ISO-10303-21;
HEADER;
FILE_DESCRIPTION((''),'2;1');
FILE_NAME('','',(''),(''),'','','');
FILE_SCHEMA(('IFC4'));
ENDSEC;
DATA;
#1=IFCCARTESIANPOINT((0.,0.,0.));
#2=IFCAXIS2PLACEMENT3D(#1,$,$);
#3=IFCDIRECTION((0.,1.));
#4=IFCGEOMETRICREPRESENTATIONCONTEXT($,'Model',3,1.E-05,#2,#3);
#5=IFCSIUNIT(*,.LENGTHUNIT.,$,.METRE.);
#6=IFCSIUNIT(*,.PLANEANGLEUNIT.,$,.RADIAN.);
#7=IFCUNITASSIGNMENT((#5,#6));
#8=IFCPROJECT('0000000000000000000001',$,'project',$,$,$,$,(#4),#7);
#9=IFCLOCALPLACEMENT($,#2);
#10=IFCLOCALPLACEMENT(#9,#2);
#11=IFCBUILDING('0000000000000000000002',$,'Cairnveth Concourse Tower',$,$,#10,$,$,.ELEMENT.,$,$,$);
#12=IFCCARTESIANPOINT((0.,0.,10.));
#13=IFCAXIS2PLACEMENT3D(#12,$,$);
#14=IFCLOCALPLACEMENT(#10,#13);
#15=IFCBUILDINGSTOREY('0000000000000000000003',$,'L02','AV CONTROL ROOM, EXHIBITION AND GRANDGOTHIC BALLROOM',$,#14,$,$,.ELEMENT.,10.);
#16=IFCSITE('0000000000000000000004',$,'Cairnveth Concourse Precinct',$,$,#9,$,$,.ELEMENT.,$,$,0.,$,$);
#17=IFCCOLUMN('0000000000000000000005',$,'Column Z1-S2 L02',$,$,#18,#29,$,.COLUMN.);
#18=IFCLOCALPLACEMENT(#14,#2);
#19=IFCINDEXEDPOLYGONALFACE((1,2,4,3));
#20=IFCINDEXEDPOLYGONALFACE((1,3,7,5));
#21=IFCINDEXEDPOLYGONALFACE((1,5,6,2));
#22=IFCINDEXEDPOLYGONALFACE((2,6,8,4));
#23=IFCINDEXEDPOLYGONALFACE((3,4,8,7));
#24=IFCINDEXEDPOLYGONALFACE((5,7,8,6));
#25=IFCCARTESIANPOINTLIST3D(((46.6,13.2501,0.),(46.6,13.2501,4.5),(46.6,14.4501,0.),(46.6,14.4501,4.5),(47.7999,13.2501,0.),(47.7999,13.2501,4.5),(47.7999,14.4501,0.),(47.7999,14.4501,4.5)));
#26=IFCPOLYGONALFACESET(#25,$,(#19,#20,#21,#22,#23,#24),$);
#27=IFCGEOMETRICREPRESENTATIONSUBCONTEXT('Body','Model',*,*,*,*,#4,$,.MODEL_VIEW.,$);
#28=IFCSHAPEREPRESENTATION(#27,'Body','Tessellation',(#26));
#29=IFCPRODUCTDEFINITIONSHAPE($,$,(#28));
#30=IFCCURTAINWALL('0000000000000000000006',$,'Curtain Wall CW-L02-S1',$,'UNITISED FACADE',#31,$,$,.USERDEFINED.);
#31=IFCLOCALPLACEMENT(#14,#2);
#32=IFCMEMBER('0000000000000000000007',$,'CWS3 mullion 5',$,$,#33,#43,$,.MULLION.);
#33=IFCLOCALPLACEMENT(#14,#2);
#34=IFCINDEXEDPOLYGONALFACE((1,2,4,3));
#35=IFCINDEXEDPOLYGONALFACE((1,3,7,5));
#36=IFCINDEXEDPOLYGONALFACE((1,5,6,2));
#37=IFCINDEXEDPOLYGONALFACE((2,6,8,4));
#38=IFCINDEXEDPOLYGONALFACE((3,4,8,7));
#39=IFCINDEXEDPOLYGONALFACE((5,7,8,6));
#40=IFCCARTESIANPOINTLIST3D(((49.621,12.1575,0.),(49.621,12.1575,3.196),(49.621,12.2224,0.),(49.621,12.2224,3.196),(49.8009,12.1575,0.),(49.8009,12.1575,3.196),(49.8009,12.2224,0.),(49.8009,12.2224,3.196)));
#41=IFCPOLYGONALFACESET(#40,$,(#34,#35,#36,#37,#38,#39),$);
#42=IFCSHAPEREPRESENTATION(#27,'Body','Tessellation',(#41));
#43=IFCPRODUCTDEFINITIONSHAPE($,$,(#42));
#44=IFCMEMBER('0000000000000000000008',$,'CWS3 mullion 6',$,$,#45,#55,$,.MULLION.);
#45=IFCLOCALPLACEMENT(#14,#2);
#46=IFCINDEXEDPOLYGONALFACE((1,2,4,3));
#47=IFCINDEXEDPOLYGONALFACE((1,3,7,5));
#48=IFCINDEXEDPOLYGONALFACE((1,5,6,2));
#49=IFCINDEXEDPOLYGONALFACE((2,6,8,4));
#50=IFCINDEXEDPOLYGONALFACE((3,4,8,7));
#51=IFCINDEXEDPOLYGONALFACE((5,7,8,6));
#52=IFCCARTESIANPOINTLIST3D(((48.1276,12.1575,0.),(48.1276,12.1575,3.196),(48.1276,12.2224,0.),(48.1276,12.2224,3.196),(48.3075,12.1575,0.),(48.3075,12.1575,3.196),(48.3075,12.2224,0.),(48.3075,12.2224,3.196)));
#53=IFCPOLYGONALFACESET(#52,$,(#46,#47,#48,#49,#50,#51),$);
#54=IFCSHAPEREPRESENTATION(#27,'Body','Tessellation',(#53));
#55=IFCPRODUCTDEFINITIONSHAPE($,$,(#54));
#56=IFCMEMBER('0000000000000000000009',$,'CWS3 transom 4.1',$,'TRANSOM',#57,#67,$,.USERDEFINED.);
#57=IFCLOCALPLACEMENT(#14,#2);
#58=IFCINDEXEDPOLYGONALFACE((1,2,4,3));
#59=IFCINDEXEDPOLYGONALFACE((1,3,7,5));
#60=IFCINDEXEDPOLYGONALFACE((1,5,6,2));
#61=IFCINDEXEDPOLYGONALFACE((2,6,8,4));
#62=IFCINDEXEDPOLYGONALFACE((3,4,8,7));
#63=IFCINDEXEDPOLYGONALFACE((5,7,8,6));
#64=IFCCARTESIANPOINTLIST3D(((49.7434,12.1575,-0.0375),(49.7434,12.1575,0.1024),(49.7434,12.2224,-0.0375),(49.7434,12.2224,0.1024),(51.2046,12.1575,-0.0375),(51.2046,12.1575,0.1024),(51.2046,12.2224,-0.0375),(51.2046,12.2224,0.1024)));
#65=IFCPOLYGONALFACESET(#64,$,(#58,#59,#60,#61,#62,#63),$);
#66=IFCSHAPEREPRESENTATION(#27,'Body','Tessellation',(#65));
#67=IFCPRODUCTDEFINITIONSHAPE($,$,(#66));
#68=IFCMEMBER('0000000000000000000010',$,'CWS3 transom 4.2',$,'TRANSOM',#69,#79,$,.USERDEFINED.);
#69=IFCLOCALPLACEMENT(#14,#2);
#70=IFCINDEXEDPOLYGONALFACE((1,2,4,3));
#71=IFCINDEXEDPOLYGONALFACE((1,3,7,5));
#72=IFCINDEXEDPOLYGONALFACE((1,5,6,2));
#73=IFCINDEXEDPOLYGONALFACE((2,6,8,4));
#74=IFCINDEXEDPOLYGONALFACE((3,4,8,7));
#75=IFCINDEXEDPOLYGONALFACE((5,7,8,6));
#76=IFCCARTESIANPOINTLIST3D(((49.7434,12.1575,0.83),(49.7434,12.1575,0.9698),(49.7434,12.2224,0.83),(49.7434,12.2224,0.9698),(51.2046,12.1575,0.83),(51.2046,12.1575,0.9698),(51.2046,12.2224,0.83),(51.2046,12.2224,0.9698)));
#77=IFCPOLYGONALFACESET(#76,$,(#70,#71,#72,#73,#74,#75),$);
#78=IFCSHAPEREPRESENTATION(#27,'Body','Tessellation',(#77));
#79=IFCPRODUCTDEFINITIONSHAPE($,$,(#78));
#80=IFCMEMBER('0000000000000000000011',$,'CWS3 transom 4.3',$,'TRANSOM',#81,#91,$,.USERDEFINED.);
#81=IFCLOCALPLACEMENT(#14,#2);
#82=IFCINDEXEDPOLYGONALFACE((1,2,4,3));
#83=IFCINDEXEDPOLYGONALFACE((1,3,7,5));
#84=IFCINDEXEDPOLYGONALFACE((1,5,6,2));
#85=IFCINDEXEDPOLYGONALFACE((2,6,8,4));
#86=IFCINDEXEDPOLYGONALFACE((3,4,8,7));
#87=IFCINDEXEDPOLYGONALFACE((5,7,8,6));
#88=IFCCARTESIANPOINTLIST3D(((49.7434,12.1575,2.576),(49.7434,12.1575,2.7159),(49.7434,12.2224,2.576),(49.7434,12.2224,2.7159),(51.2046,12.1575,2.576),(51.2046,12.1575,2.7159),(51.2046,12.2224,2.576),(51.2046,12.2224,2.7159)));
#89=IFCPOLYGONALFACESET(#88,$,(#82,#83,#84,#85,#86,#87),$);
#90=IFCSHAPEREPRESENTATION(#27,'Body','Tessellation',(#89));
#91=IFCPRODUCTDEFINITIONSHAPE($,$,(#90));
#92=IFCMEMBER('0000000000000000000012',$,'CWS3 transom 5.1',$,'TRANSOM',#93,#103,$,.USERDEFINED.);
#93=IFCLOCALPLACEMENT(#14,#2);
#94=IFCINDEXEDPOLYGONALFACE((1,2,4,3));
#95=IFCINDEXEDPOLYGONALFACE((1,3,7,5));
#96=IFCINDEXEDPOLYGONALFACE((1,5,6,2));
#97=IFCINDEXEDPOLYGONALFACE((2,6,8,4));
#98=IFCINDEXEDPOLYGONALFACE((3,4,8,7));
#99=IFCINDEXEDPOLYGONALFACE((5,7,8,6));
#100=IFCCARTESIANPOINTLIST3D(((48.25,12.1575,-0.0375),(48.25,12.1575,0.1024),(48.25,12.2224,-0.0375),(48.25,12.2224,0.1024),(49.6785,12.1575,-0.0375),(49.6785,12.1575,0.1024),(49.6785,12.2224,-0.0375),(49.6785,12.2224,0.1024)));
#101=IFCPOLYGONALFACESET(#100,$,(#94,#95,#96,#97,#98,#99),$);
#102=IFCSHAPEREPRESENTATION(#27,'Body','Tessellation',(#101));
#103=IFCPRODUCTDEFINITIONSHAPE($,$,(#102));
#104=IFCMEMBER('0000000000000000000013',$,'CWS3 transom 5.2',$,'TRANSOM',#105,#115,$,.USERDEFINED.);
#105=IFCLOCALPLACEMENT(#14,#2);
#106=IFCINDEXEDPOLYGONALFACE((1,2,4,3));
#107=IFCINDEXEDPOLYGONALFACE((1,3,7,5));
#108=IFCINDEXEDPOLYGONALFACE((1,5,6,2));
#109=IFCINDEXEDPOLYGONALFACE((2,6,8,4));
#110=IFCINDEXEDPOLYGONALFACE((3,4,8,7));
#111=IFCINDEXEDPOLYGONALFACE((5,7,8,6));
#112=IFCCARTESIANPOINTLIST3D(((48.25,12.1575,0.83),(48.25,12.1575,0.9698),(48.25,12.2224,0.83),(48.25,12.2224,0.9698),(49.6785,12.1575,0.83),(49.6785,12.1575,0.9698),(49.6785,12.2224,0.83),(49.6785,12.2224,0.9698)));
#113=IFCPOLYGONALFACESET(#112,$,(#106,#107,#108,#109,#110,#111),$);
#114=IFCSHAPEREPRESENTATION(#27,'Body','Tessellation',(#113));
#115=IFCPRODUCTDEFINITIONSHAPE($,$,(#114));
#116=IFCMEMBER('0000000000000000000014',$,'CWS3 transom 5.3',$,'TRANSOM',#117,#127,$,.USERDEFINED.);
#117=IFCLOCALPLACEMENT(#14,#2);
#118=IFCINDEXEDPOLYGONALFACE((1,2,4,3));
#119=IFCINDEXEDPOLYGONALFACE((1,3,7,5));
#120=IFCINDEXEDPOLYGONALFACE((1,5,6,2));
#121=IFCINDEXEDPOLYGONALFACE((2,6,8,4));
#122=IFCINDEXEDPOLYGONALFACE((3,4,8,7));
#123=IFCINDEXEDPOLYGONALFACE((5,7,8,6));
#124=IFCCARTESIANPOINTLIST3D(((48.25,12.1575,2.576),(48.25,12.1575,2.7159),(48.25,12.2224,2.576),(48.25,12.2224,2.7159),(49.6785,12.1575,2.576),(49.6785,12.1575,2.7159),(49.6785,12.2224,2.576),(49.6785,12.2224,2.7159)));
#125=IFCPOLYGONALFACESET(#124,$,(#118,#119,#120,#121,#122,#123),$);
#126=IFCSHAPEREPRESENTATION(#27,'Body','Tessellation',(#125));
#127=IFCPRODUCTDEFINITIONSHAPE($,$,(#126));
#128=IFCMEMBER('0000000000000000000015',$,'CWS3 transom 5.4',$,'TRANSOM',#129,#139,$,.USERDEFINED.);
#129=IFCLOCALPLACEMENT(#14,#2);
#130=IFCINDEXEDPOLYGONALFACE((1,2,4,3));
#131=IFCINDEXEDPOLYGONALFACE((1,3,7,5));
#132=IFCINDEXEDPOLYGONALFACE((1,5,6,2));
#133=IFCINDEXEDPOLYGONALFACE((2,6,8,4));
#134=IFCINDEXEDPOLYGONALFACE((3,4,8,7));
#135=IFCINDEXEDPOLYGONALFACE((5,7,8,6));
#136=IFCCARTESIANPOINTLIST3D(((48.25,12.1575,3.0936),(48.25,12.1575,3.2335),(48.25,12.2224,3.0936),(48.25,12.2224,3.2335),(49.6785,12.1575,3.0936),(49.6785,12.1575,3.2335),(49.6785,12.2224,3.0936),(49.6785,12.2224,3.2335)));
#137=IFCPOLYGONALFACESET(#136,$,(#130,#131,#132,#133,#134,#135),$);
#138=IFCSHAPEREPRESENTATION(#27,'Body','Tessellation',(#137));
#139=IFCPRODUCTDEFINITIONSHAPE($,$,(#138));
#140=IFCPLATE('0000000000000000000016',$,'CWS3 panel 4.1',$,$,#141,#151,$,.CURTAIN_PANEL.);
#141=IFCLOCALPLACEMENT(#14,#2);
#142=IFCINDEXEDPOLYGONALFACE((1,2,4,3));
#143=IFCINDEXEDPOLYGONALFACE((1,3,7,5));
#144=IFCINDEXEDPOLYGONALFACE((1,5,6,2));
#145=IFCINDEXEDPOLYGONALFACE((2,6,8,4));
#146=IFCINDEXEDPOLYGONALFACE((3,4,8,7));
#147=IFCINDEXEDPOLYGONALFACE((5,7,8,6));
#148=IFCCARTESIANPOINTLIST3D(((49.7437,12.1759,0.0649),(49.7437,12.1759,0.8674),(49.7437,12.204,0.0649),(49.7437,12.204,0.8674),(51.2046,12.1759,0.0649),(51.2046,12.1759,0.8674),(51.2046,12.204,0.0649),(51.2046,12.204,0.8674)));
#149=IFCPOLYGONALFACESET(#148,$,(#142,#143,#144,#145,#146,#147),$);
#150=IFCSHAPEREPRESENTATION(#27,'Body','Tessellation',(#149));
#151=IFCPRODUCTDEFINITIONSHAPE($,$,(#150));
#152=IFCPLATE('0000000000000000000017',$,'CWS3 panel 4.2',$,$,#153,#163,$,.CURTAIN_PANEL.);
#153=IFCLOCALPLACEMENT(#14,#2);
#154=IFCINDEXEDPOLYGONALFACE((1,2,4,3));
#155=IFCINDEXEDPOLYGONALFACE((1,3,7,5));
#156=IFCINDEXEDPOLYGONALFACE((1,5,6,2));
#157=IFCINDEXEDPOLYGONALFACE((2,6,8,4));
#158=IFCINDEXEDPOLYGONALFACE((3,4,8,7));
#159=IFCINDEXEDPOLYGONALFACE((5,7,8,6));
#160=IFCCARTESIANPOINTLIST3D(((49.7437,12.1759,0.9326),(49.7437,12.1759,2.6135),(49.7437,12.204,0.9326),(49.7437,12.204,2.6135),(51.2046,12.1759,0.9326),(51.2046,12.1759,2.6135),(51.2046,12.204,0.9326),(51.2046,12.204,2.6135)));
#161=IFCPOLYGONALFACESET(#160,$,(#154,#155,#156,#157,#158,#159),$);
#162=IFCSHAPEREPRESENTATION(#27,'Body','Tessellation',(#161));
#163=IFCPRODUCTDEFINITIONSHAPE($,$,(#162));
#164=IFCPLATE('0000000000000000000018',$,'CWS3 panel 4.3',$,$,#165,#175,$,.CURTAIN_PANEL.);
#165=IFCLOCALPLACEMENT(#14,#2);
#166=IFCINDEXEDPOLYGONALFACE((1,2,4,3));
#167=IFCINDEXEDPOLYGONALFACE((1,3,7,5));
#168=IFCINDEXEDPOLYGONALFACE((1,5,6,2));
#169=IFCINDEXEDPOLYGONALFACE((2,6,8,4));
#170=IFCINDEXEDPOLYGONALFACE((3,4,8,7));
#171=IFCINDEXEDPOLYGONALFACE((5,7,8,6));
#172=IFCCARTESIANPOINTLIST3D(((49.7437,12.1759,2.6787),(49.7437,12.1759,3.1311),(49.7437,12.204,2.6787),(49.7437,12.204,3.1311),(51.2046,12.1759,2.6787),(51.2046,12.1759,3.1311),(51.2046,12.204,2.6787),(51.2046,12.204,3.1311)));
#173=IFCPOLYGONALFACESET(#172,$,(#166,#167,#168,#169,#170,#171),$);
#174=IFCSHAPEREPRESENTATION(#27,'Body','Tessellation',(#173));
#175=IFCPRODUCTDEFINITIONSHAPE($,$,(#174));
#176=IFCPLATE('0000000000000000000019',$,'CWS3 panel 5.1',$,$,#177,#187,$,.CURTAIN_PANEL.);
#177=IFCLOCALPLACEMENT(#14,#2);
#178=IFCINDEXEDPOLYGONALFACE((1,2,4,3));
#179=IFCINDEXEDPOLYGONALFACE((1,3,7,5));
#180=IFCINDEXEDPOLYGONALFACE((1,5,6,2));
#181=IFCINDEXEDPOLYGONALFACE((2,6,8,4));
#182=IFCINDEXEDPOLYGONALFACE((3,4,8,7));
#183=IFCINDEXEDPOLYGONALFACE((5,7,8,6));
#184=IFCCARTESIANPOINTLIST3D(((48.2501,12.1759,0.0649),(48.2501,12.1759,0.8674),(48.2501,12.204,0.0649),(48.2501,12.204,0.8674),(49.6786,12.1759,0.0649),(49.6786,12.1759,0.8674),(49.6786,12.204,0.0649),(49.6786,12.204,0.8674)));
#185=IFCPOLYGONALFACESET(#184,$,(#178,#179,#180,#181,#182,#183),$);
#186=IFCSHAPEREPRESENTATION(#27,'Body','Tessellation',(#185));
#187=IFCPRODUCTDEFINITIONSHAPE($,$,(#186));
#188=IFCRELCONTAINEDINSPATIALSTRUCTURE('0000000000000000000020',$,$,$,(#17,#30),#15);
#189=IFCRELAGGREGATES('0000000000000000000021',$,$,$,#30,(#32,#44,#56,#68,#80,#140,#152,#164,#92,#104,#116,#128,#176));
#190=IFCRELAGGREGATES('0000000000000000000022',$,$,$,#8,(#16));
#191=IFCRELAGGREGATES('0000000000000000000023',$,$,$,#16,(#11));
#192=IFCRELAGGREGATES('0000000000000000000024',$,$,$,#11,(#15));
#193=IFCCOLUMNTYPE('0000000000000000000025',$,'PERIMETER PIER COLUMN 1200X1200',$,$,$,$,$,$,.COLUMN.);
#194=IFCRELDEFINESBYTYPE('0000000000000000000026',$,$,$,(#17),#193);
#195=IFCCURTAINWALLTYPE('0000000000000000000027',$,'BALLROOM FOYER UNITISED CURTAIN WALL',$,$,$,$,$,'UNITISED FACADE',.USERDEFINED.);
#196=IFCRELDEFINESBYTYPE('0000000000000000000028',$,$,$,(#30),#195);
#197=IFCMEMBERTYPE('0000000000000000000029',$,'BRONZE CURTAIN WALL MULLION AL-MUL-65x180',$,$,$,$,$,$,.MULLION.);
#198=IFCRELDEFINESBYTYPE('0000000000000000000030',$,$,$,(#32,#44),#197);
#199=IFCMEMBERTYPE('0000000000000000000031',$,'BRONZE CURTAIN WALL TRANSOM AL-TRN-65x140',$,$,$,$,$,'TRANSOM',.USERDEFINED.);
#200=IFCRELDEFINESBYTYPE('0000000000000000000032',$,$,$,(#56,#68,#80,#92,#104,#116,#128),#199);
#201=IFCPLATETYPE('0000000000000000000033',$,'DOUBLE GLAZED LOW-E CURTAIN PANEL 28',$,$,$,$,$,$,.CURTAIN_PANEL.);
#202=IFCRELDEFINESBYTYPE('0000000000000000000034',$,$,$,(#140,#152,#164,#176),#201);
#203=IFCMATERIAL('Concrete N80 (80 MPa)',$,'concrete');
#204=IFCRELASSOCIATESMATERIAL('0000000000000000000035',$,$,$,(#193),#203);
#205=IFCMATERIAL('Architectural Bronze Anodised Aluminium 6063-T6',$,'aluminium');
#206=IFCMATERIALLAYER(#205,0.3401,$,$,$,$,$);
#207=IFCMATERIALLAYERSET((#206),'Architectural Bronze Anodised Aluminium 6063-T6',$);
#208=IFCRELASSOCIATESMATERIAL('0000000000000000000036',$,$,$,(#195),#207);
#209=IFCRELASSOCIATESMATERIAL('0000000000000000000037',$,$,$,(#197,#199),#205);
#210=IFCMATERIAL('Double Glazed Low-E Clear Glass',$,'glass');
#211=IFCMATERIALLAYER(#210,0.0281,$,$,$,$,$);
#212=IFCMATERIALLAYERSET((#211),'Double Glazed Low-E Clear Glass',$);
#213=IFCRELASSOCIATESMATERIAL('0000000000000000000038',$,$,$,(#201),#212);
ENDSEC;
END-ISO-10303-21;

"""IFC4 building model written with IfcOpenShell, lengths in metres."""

from ifc_helpers import new_model, si_unit, direction, frame, origin, origin_2d, place, context, subcontext, project, spatial, rectangle, extrude, material, layer, layer_set, material_profile, profile_set, type_object, element, aggregate, save


model = new_model("IFC4")

# Units and contexts
model_context = context("Model", 3, precision=1e-05, world=origin(), true_north=direction((0.0, 1.0)))
body_context = subcontext(model_context, "Body", "Model", "MODEL_VIEW")
ifc_project = project(units=[si_unit("LENGTHUNIT", "METRE"), si_unit("PLANEANGLEUNIT", "RADIAN")], contexts=[model_context])

# Site, building, storey
site_placement = place(None, origin())
site = spatial("IfcSite", under=ifc_project, at=site_placement, Name="Cairnveth Concourse Precinct", CompositionType="ELEMENT", RefElevation=0.0)
building_placement = place(site_placement, origin())
building = spatial("IfcBuilding", under=site, at=building_placement, Name="Cairnveth Concourse Tower", CompositionType="ELEMENT")
storey_placement = place(building_placement, frame((0.0, 0.0, 10.0)))
storey = spatial("IfcBuildingStorey", under=building, at=storey_placement, Name="L02", Description="AV CONTROL ROOM, EXHIBITION AND GRANDGOTHIC BALLROOM", CompositionType="ELEMENT", Elevation=10.0)

# Column
ifc_material_1 = material(Name="Concrete N80 (80 MPa)", Category="concrete")
ifc_material_profile_1 = material_profile(ifc_material_1, rectangle(XDim=1.2, YDim=1.2, at=origin_2d()), Name="RC-COL-1200x1200")
ifc_profile_set_1 = profile_set([ifc_material_profile_1], Name="Concrete N80 (80 MPa)")
column_type = type_object("IfcColumnType", Name="PERIMETER PIER COLUMN 1200X1200", PredefinedType="COLUMN", material=ifc_profile_set_1)
column_placement = place(storey_placement, frame((47.2, 13.8501, 0.0), z_axis=(0.0, 0.0, 1.0), x_axis=(1.0, 0.0, 0.0)))
element("IfcColumn", 1, at=column_placement, inside=storey, type_object=column_type, Name="Column Z1-S2 L02", PredefinedType="COLUMN", context=body_context, shape_type="SweptSolid", body=[
    extrude(rectangle(XDim=1.2, YDim=1.2, at=origin_2d()), origin(), (0.0, 0.0, 1.0), 4.5),
])

# Curtain wall, members, plates
ifc_material_2 = material(Name="Architectural Bronze Anodised Aluminium 6063-T6", Category="aluminium")
ifc_layer_1 = layer(ifc_material_2, 0.3401)
ifc_layer_set_1 = layer_set([ifc_layer_1], Name="Architectural Bronze Anodised Aluminium 6063-T6")
curtain_wall_type = type_object("IfcCurtainWallType", Name="BALLROOM FOYER UNITISED CURTAIN WALL", ElementType="UNITISED FACADE", PredefinedType="USERDEFINED", material=ifc_layer_set_1)
curtain_wall_placement = place(storey_placement, origin())
curtain_wall = element("IfcCurtainWall", 2, at=curtain_wall_placement, inside=storey, type_object=curtain_wall_type, Name="Curtain Wall CW-L02-S1", ObjectType="UNITISED FACADE", PredefinedType="USERDEFINED")
ifc_material_profile_2 = material_profile(ifc_material_2, rectangle(XDim=0.0649, YDim=0.1799, at=origin_2d()), Name="AL-MUL-65x180")
ifc_profile_set_2 = profile_set([ifc_material_profile_2], Name="Architectural Bronze Anodised Aluminium 6063-T6")
member_type_1 = type_object("IfcMemberType", Name="BRONZE CURTAIN WALL MULLION AL-MUL-65x180", PredefinedType="MULLION", material=ifc_profile_set_2)
member_1_placement = place(storey_placement, frame((49.7109, 12.1899, 0.0), z_axis=(0.0, 0.0, 1.0), x_axis=(0.0, -1.0, 0.0)))
member_1 = element("IfcMember", 3, at=member_1_placement, type_object=member_type_1, Name="CWS3 mullion 5", PredefinedType="MULLION", context=body_context, shape_type="SweptSolid", body=[
    extrude(rectangle(XDim=0.0649, YDim=0.1799, at=origin_2d()), origin(), (0.0, 0.0, 1.0), 3.196),
])
member_2_placement = place(storey_placement, frame((48.2175, 12.1899, 0.0), z_axis=(0.0, 0.0, 1.0), x_axis=(0.0, -1.0, 0.0)))
member_2 = element("IfcMember", 4, at=member_2_placement, type_object=member_type_1, Name="CWS3 mullion 6", PredefinedType="MULLION", context=body_context, shape_type="SweptSolid", body=[
    extrude(rectangle(XDim=0.0649, YDim=0.1799, at=origin_2d()), origin(), (0.0, 0.0, 1.0), 3.196),
])
ifc_material_profile_3 = material_profile(ifc_material_2, rectangle(XDim=0.0649, YDim=0.1399, at=origin_2d()), Name="AL-TRN-65x140")
ifc_profile_set_3 = profile_set([ifc_material_profile_3], Name="Architectural Bronze Anodised Aluminium 6063-T6")
member_type_2 = type_object("IfcMemberType", Name="BRONZE CURTAIN WALL TRANSOM AL-TRN-65x140", ElementType="TRANSOM", PredefinedType="USERDEFINED", material=ifc_profile_set_3)
member_3_placement = place(storey_placement, frame((51.2046, 12.1899, 0.0325), z_axis=(-1.0, 0.0, 0.0), x_axis=(0.0, -1.0, 0.0)))
member_3 = element("IfcMember", 5, at=member_3_placement, type_object=member_type_2, Name="CWS3 transom 4.1", ObjectType="TRANSOM", PredefinedType="USERDEFINED", context=body_context, shape_type="SweptSolid", body=[
    extrude(rectangle(XDim=0.0649, YDim=0.1399, at=origin_2d()), origin(), (0.0, 0.0, 1.0), 1.4612),
])
member_4_placement = place(storey_placement, frame((51.2046, 12.1899, 0.8999), z_axis=(-1.0, 0.0, 0.0), x_axis=(0.0, -1.0, 0.0)))
member_4 = element("IfcMember", 6, at=member_4_placement, type_object=member_type_2, Name="CWS3 transom 4.2", ObjectType="TRANSOM", PredefinedType="USERDEFINED", context=body_context, shape_type="SweptSolid", body=[
    extrude(rectangle(XDim=0.0649, YDim=0.1399, at=origin_2d()), origin(), (0.0, 0.0, 1.0), 1.4612),
])
member_5_placement = place(storey_placement, frame((51.2046, 12.1899, 2.646), z_axis=(-1.0, 0.0, 0.0), x_axis=(0.0, -1.0, 0.0)))
member_5 = element("IfcMember", 7, at=member_5_placement, type_object=member_type_2, Name="CWS3 transom 4.3", ObjectType="TRANSOM", PredefinedType="USERDEFINED", context=body_context, shape_type="SweptSolid", body=[
    extrude(rectangle(XDim=0.0649, YDim=0.1399, at=origin_2d()), origin(), (0.0, 0.0, 1.0), 1.4612),
])
member_6_placement = place(storey_placement, frame((49.6785, 12.1899, 0.0325), z_axis=(-1.0, 0.0, 0.0), x_axis=(0.0, -1.0, 0.0)))
member_6 = element("IfcMember", 8, at=member_6_placement, type_object=member_type_2, Name="CWS3 transom 5.1", ObjectType="TRANSOM", PredefinedType="USERDEFINED", context=body_context, shape_type="SweptSolid", body=[
    extrude(rectangle(XDim=0.0649, YDim=0.1399, at=origin_2d()), origin(), (0.0, 0.0, 1.0), 1.4285),
])
member_7_placement = place(storey_placement, frame((49.6785, 12.1899, 0.8999), z_axis=(-1.0, 0.0, 0.0), x_axis=(0.0, -1.0, 0.0)))
member_7 = element("IfcMember", 9, at=member_7_placement, type_object=member_type_2, Name="CWS3 transom 5.2", ObjectType="TRANSOM", PredefinedType="USERDEFINED", context=body_context, shape_type="SweptSolid", body=[
    extrude(rectangle(XDim=0.0649, YDim=0.1399, at=origin_2d()), origin(), (0.0, 0.0, 1.0), 1.4285),
])
member_8_placement = place(storey_placement, frame((49.6785, 12.1899, 2.646), z_axis=(-1.0, 0.0, 0.0), x_axis=(0.0, -1.0, 0.0)))
member_8 = element("IfcMember", 10, at=member_8_placement, type_object=member_type_2, Name="CWS3 transom 5.3", ObjectType="TRANSOM", PredefinedType="USERDEFINED", context=body_context, shape_type="SweptSolid", body=[
    extrude(rectangle(XDim=0.0649, YDim=0.1399, at=origin_2d()), origin(), (0.0, 0.0, 1.0), 1.4285),
])
member_9_placement = place(storey_placement, frame((49.6785, 12.1899, 3.1636), z_axis=(-1.0, 0.0, 0.0), x_axis=(0.0, -1.0, 0.0)))
member_9 = element("IfcMember", 11, at=member_9_placement, type_object=member_type_2, Name="CWS3 transom 5.4", ObjectType="TRANSOM", PredefinedType="USERDEFINED", context=body_context, shape_type="SweptSolid", body=[
    extrude(rectangle(XDim=0.0649, YDim=0.1399, at=origin_2d()), origin(), (0.0, 0.0, 1.0), 1.4285),
])
ifc_material_3 = material(Name="Double Glazed Low-E Clear Glass", Category="glass")
ifc_layer_2 = layer(ifc_material_3, 0.0281)
ifc_layer_set_2 = layer_set([ifc_layer_2], Name="Double Glazed Low-E Clear Glass")
plate_type = type_object("IfcPlateType", Name="DOUBLE GLAZED LOW-E CURTAIN PANEL 28", PredefinedType="CURTAIN_PANEL", material=ifc_layer_set_2)
plate_1_placement = place(storey_placement, frame((50.4741, 12.1899, 0.0649), z_axis=(0.0, 0.0, 1.0), x_axis=(-1.0, 0.0, 0.0)))
plate_1 = element("IfcPlate", 12, at=plate_1_placement, type_object=plate_type, Name="CWS3 panel 4.1", PredefinedType="CURTAIN_PANEL", context=body_context, shape_type="SweptSolid", body=[
    extrude(rectangle(XDim=1.4609, YDim=0.0281, at=origin_2d()), origin(), (0.0, 0.0, 1.0), 0.8025),
])
plate_2_placement = place(storey_placement, frame((50.4741, 12.1899, 0.9326), z_axis=(0.0, 0.0, 1.0), x_axis=(-1.0, 0.0, 0.0)))
plate_2 = element("IfcPlate", 13, at=plate_2_placement, type_object=plate_type, Name="CWS3 panel 4.2", PredefinedType="CURTAIN_PANEL", context=body_context, shape_type="SweptSolid", body=[
    extrude(rectangle(XDim=1.4609, YDim=0.0281, at=origin_2d()), origin(), (0.0, 0.0, 1.0), 1.6809),
])
plate_3_placement = place(storey_placement, frame((50.4741, 12.1899, 2.6787), z_axis=(0.0, 0.0, 1.0), x_axis=(-1.0, 0.0, 0.0)))
plate_3 = element("IfcPlate", 14, at=plate_3_placement, type_object=plate_type, Name="CWS3 panel 4.3", PredefinedType="CURTAIN_PANEL", context=body_context, shape_type="SweptSolid", body=[
    extrude(rectangle(XDim=1.4609, YDim=0.0281, at=origin_2d()), origin(), (0.0, 0.0, 1.0), 0.4524),
])
plate_4_placement = place(storey_placement, frame((48.9644, 12.1899, 0.0649), z_axis=(0.0, 0.0, 1.0), x_axis=(-1.0, 0.0, 0.0)))
plate_4 = element("IfcPlate", 15, at=plate_4_placement, type_object=plate_type, Name="CWS3 panel 5.1", PredefinedType="CURTAIN_PANEL", context=body_context, shape_type="SweptSolid", body=[
    extrude(rectangle(XDim=1.4285, YDim=0.0281, at=origin_2d()), origin(), (0.0, 0.0, 1.0), 0.8025),
])
aggregate(curtain_wall, [member_1, member_2, member_3, member_4, member_5, plate_1, plate_2, plate_3, member_6, member_7, member_8, member_9, plate_4])

save(model, "model.ifc")
